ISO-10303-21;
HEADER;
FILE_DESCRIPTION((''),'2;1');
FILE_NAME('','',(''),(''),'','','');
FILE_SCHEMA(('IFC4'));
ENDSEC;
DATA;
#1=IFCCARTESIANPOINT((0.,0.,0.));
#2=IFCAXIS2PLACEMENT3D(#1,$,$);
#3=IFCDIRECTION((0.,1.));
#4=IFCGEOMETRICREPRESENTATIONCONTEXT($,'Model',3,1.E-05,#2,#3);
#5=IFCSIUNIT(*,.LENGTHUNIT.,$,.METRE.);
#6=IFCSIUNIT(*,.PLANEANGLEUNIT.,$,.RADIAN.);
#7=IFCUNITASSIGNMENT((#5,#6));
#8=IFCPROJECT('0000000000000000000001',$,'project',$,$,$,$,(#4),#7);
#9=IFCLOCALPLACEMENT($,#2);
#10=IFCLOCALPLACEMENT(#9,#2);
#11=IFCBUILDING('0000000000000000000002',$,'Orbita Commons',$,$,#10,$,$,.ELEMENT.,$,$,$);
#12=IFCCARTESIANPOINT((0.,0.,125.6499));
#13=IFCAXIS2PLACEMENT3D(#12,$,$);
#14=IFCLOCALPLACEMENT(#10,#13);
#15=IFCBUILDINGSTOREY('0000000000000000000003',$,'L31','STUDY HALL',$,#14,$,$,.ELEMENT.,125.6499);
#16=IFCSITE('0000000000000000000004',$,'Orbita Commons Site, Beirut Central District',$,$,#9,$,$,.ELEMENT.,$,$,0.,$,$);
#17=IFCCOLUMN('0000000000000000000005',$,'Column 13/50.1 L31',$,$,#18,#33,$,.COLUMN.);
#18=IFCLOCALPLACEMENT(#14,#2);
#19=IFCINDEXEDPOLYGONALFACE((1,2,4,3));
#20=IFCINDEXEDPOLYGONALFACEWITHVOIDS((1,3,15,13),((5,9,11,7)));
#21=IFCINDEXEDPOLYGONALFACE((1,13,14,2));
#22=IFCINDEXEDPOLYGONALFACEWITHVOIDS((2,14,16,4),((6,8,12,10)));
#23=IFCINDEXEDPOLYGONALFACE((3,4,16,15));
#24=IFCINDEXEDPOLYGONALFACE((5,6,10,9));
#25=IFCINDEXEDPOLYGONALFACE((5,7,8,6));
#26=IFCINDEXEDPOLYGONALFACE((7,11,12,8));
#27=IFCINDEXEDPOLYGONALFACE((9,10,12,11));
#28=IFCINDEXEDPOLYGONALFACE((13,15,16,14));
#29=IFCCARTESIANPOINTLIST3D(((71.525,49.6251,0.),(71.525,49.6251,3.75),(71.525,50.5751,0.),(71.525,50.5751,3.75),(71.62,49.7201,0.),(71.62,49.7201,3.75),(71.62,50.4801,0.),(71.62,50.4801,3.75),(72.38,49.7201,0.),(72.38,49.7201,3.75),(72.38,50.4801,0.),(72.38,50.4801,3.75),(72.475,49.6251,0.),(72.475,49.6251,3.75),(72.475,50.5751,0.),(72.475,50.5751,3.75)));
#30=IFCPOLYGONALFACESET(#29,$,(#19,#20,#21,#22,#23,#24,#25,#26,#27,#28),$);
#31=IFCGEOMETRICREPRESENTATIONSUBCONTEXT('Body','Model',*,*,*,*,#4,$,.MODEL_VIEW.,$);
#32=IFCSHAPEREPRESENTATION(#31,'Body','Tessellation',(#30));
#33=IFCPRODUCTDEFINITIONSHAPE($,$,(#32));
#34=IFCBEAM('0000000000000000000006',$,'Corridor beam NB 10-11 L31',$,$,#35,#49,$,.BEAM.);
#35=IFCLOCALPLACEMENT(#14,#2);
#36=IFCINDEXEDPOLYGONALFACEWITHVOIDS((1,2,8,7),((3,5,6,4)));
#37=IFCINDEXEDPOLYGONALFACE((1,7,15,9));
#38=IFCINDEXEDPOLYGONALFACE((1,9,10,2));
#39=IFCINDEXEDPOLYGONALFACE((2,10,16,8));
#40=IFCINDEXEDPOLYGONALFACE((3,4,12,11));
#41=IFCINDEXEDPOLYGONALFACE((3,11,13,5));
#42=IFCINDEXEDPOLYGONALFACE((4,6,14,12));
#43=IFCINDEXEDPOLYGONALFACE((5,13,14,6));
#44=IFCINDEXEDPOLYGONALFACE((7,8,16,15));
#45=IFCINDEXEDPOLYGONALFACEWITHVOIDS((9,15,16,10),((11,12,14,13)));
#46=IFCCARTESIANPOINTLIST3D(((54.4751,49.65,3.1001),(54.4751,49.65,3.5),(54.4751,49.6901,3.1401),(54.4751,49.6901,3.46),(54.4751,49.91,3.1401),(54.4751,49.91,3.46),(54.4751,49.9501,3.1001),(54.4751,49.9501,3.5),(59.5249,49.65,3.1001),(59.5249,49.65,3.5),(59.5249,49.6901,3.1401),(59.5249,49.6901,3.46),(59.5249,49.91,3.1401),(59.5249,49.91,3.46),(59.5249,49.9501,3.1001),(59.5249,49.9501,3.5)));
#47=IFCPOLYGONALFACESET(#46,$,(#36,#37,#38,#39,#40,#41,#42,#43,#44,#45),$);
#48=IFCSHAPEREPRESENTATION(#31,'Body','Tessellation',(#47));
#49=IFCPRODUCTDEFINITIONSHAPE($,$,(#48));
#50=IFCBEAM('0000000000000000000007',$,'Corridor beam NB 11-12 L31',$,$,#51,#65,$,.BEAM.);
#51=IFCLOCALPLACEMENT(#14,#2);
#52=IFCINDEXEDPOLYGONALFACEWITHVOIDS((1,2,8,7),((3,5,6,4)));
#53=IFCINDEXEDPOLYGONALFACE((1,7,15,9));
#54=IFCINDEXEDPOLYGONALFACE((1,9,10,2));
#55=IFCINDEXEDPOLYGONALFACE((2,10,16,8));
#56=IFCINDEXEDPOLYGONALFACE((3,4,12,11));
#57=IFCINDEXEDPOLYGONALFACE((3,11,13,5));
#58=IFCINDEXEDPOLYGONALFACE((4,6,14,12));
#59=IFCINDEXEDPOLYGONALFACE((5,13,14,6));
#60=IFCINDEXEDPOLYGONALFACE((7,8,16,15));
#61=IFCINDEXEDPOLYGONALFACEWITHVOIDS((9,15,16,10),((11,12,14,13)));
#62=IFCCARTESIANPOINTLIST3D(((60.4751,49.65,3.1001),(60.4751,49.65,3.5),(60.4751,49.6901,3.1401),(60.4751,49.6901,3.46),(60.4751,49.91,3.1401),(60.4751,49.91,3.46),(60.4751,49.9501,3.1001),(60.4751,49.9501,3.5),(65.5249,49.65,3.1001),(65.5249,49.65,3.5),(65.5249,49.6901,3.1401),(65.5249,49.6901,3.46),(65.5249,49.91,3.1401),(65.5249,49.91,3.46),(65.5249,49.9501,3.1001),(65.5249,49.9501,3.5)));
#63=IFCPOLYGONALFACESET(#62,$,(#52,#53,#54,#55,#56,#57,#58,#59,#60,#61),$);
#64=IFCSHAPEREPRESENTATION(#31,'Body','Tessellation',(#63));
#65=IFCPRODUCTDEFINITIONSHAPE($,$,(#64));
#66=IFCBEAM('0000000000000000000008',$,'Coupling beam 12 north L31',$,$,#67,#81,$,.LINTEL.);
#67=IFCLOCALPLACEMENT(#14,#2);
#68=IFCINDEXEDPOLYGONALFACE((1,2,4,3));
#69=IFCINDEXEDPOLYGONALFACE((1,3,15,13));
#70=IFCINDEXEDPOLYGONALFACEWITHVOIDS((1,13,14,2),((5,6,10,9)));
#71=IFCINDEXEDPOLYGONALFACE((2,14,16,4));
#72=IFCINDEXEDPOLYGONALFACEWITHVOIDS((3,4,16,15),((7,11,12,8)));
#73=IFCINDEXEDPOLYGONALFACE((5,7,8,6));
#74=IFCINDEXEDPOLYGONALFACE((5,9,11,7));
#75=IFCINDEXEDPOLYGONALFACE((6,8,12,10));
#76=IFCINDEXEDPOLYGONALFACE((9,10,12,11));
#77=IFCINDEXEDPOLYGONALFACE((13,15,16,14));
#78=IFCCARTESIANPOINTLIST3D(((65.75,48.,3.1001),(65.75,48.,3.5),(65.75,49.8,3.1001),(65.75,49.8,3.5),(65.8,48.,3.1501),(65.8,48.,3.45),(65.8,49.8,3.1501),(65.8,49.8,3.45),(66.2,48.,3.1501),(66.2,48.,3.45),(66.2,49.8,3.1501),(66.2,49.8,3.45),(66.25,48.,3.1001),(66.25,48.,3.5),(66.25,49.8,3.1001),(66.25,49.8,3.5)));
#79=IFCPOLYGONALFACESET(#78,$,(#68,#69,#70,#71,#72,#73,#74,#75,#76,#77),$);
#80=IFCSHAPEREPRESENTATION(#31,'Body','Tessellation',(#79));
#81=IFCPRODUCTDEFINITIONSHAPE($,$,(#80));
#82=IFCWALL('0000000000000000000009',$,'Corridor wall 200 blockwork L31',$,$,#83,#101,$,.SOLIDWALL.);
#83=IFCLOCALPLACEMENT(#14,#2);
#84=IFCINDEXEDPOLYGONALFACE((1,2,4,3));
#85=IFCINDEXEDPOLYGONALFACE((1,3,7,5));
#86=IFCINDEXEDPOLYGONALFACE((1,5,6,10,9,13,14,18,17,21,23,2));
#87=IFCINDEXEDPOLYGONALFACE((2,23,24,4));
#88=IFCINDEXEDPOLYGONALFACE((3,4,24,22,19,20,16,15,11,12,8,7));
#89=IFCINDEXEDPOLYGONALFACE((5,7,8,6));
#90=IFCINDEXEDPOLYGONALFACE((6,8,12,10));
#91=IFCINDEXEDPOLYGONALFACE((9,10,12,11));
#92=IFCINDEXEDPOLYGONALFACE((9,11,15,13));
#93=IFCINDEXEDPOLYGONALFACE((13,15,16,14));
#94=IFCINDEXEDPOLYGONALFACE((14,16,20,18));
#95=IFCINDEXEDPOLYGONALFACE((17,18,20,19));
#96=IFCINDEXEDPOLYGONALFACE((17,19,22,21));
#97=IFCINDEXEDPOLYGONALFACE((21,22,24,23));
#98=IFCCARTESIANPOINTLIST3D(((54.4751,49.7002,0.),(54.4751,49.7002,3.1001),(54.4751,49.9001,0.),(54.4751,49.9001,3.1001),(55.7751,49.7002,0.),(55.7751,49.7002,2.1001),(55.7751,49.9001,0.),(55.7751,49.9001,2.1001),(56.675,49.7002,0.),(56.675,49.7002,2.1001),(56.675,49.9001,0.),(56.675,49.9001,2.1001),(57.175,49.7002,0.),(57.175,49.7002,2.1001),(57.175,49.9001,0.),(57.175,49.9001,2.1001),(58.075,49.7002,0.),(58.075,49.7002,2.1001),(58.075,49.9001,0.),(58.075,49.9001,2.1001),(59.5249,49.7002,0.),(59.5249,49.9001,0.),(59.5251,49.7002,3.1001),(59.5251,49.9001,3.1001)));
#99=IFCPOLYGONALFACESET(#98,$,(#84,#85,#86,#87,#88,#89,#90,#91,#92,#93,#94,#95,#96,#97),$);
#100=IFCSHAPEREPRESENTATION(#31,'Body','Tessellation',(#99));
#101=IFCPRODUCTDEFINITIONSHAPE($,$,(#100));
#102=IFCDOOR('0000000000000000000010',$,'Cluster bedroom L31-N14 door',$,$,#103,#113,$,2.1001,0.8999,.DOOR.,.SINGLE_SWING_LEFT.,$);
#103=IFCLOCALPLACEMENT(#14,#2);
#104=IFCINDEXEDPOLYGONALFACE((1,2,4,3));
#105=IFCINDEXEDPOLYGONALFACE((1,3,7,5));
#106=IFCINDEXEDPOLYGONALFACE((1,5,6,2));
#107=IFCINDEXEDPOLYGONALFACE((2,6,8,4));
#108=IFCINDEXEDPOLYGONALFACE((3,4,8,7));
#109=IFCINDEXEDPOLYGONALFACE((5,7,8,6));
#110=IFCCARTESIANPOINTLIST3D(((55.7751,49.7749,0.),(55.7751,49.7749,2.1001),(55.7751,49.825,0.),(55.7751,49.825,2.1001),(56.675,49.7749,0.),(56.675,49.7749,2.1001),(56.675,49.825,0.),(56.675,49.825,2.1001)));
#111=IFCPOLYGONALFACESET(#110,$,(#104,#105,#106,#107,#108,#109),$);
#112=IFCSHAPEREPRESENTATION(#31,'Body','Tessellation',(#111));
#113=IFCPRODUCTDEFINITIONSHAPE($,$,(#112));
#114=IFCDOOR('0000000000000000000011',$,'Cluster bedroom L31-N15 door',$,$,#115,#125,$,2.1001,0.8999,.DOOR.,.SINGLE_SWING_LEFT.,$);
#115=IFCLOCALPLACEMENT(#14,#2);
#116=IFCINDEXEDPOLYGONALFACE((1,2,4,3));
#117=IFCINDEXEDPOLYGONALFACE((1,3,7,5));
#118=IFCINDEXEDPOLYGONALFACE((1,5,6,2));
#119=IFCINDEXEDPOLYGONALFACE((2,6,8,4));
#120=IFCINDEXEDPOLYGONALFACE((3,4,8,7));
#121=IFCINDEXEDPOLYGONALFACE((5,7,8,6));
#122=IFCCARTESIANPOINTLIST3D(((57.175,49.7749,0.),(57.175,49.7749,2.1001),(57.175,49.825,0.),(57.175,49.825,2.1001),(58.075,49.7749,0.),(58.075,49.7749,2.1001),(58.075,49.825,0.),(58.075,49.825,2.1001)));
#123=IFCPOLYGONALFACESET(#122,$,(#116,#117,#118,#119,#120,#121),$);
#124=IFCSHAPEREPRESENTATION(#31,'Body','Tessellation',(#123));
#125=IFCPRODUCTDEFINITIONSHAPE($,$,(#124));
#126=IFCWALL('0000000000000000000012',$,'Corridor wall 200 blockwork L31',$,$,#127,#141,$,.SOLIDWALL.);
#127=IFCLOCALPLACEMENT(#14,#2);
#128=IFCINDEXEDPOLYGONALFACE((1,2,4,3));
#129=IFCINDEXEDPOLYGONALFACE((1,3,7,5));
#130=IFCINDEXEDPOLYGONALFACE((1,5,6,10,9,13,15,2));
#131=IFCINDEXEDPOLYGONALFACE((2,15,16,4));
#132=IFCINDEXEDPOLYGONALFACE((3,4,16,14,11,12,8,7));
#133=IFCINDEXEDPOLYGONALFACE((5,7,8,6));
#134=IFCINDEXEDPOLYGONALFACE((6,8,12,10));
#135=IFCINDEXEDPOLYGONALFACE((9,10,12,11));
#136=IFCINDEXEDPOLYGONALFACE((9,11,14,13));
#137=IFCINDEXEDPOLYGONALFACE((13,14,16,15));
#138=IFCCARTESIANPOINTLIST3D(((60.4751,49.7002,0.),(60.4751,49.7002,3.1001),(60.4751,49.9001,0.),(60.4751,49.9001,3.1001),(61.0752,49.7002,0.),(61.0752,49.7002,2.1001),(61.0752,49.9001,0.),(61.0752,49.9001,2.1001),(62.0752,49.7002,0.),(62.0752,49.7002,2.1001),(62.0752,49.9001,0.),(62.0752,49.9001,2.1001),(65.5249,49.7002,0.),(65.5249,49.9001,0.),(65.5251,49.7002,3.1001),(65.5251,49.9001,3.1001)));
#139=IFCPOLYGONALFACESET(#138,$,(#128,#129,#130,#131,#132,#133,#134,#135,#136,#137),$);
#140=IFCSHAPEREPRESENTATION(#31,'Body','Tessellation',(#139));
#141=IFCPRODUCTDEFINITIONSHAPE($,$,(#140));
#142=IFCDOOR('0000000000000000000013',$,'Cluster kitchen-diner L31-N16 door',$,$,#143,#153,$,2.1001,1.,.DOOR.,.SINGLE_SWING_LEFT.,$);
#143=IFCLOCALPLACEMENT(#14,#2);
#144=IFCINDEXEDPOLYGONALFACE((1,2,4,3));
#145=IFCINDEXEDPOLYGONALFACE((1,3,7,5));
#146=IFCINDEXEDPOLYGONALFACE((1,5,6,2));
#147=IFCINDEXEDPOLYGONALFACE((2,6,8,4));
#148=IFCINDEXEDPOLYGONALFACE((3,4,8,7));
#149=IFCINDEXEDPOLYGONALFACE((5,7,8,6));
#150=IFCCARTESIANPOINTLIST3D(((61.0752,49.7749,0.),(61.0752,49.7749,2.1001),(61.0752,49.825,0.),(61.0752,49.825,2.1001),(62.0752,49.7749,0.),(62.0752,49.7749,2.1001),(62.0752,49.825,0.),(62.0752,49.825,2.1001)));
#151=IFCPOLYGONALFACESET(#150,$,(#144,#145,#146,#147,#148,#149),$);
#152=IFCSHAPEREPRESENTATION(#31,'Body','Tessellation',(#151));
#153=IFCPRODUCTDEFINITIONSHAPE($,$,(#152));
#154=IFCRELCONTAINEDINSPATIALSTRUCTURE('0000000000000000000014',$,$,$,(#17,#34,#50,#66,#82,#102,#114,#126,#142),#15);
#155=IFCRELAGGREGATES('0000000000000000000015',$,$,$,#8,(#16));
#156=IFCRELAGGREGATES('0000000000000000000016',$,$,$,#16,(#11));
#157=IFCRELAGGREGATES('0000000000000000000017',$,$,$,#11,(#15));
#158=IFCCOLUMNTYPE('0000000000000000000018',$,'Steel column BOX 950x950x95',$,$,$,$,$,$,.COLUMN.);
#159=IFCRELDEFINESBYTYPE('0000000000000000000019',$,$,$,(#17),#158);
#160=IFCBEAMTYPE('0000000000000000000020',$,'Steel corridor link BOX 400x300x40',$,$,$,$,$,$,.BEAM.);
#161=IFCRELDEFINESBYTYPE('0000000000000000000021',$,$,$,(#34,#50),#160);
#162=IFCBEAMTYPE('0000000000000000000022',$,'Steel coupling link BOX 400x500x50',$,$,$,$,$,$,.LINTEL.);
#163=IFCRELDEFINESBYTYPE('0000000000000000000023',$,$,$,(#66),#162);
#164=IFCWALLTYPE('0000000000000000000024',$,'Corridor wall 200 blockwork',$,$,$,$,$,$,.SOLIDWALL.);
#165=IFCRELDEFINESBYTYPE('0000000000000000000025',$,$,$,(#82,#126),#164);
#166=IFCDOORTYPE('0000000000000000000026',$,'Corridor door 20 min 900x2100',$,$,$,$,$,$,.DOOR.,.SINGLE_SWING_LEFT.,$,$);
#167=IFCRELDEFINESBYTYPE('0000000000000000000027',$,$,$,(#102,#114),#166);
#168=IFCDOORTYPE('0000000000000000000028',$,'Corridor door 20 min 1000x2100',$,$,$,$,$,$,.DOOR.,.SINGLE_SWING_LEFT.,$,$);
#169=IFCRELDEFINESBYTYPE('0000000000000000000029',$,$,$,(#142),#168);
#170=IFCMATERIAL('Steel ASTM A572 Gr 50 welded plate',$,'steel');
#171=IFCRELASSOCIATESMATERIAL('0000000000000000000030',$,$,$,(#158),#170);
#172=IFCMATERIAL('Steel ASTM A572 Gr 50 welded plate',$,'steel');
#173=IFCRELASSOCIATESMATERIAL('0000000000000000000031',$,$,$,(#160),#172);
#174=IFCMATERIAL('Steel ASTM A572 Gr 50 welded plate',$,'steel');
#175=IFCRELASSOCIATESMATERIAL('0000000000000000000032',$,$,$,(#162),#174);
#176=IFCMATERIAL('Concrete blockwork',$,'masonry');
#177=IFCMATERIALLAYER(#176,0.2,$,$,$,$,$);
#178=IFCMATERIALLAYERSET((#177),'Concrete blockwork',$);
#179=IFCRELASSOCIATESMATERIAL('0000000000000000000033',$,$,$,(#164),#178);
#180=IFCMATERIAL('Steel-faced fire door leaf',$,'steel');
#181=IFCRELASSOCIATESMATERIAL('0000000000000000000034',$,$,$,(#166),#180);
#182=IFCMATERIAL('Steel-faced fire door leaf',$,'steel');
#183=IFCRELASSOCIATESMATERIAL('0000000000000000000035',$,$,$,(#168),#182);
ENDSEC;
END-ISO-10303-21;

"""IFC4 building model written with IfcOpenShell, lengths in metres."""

from ifc_helpers import new_model, si_unit, direction, frame, frame_2d, origin, origin_2d, place, context, subcontext, project, spatial, polyline, rectangle, hollow_rectangle, outline, extrude, material, layer, layer_set, material_profile, profile_set, type_object, element, fill, save


model = new_model("IFC4")

# Units and contexts
model_context = context("Model", 3, precision=1e-05, world=origin(), true_north=direction((0.0, 1.0)))
body_context = subcontext(model_context, "Body", "Model", "MODEL_VIEW")
ifc_project = project(units=[si_unit("LENGTHUNIT", "METRE"), si_unit("PLANEANGLEUNIT", "RADIAN")], contexts=[model_context])

# Site, building, storey
site_placement = place(None, origin())
site = spatial("IfcSite", under=ifc_project, at=site_placement, Name="Orbita Commons Site, Beirut Central District", CompositionType="ELEMENT", RefElevation=0.0)
building_placement = place(site_placement, origin())
building = spatial("IfcBuilding", under=site, at=building_placement, Name="Orbita Commons", CompositionType="ELEMENT")
storey_placement = place(building_placement, frame((0.0, 0.0, 125.6499)))
storey = spatial("IfcBuildingStorey", under=building, at=storey_placement, Name="L31", Description="STUDY HALL", CompositionType="ELEMENT", Elevation=125.6499)

# Column
ifc_material_1 = material(Name="Steel ASTM A572 Gr 50 welded plate", Category="steel")
ifc_material_profile_1 = material_profile(ifc_material_1, hollow_rectangle(XDim=0.95, YDim=0.95, WallThickness=0.095, at=origin_2d()), Name="BOX 950x950x95")
ifc_profile_set_1 = profile_set([ifc_material_profile_1], Name="Steel ASTM A572 Gr 50 welded plate")
column_type = type_object("IfcColumnType", Name="Steel column BOX 950x950x95", PredefinedType="COLUMN", material=ifc_profile_set_1)
column_placement = place(storey_placement, frame((72.0, 50.1001, 0.0), z_axis=(0.0, 0.0, 1.0), x_axis=(1.0, 0.0, 0.0)))
element("IfcColumn", 1, at=column_placement, inside=storey, type_object=column_type, Name="Column 13/50.1 L31", PredefinedType="COLUMN", context=body_context, shape_type="SweptSolid", body=[
    extrude(hollow_rectangle(XDim=0.95, YDim=0.95, WallThickness=0.095, at=origin_2d()), origin(), (0.0, 0.0, 1.0), 3.75),
])

# Beams
ifc_material_2 = material(Name="Steel ASTM A572 Gr 50 welded plate", Category="steel")
ifc_material_profile_2 = material_profile(ifc_material_2, hollow_rectangle(XDim=0.3, YDim=0.3999, WallThickness=0.04, at=origin_2d()), Name="BOX 400x300x40")
ifc_profile_set_2 = profile_set([ifc_material_profile_2], Name="Steel ASTM A572 Gr 50 welded plate")
beam_type_1 = type_object("IfcBeamType", Name="Steel corridor link BOX 400x300x40", PredefinedType="BEAM", material=ifc_profile_set_2)
for number, where, z_axis, x_axis, name in (
    (2, (54.4751, 49.8, 3.3), (1.0, 0.0, 0.0), (0.0, 1.0, 0.0), "Corridor beam NB 10-11 L31"),
    (3, (60.4751, 49.8, 3.3), (1.0, 0.0, 0.0), (0.0, 1.0, 0.0), "Corridor beam NB 11-12 L31"),
):
    element("IfcBeam", number, at=place(storey_placement, frame(where, z_axis=z_axis, x_axis=x_axis)), inside=storey, type_object=beam_type_1, Name=name, PredefinedType="BEAM", context=body_context, shape_type="SweptSolid", body=[
        extrude(hollow_rectangle(XDim=0.3, YDim=0.3999, WallThickness=0.04, at=origin_2d()), origin(), (0.0, 0.0, 1.0), 5.0498),
    ])
ifc_material_3 = material(Name="Steel ASTM A572 Gr 50 welded plate", Category="steel")
ifc_material_profile_3 = material_profile(ifc_material_3, hollow_rectangle(XDim=0.5, YDim=0.3999, WallThickness=0.05, at=origin_2d()), Name="BOX 400x500x50")
ifc_profile_set_3 = profile_set([ifc_material_profile_3], Name="Steel ASTM A572 Gr 50 welded plate")
beam_type_2 = type_object("IfcBeamType", Name="Steel coupling link BOX 400x500x50", PredefinedType="LINTEL", material=ifc_profile_set_3)
beam_placement = place(storey_placement, frame((66.0, 48.0, 3.3), z_axis=(0.0, 1.0, 0.0), x_axis=(-1.0, 0.0, 0.0)))
element("IfcBeam", 4, at=beam_placement, inside=storey, type_object=beam_type_2, Name="Coupling beam 12 north L31", PredefinedType="LINTEL", context=body_context, shape_type="SweptSolid", body=[
    extrude(hollow_rectangle(XDim=0.5, YDim=0.3999, WallThickness=0.05, at=origin_2d()), origin(), (0.0, 0.0, 1.0), 1.8),
])

# Wall, openings, doors
ifc_material_4 = material(Name="Concrete blockwork", Category="masonry")
ifc_layer_1 = layer(ifc_material_4, 0.2)
ifc_layer_set_1 = layer_set([ifc_layer_1], Name="Concrete blockwork")
wall_type_1 = type_object("IfcWallType", Name="Corridor wall 200 blockwork", PredefinedType="SOLIDWALL", material=ifc_layer_set_1)
wall_1_placement = place(storey_placement, frame((54.4751, 49.8, 0.0), z_axis=(0.0, 0.0, 1.0), x_axis=(1.0, 0.0, 0.0)))
wall_1 = element("IfcWall", 5, at=wall_1_placement, inside=storey, type_object=wall_type_1, Name="Corridor wall 200 blockwork L31", PredefinedType="SOLIDWALL", context=body_context, shape_type="SweptSolid", body=[
    extrude(outline(polyline([(0.0, 0.0), (5.0498, 0.0), (5.05, 3.1001), (0.0, 3.1001), (0.0, 0.0)])), frame((0.0, 0.1001, 0.0), z_axis=(0.0, -1.0, 0.0), x_axis=(1.0, 0.0, 0.0)), (0.0, 0.0, 1.0), 0.2),
])
opening_1_placement = place(wall_1_placement, frame((1.3, 0.0, 0.0)))
opening_1 = element("IfcOpeningElement", 6, at=opening_1_placement, cuts=wall_1, PredefinedType="OPENING", context=body_context, shape_type="SweptSolid", body=[
    extrude(rectangle(XDim=0.8999, YDim=2.1001, at=frame_2d((0.45, 1.05))), frame((0.0, 0.1099, 0.0), z_axis=(0.0, -1.0, 0.0), x_axis=(1.0, 0.0, 0.0)), (0.0, 0.0, 1.0), 0.22),
])
opening_2_placement = place(wall_1_placement, frame((2.7, 0.0, 0.0)))
opening_2 = element("IfcOpeningElement", 7, at=opening_2_placement, cuts=wall_1, PredefinedType="OPENING", context=body_context, shape_type="SweptSolid", body=[
    extrude(rectangle(XDim=0.8999, YDim=2.1001, at=frame_2d((0.45, 1.05))), frame((0.0, 0.1099, 0.0), z_axis=(0.0, -1.0, 0.0), x_axis=(1.0, 0.0, 0.0)), (0.0, 0.0, 1.0), 0.22),
])
ifc_material_5 = material(Name="Steel-faced fire door leaf", Category="steel")
door_type_1 = type_object("IfcDoorType", Name="Corridor door 20 min 900x2100", OperationType="SINGLE_SWING_LEFT", PredefinedType="DOOR", material=ifc_material_5)
door_1_placement = place(opening_1_placement, origin())
door_1 = element("IfcDoor", 8, at=door_1_placement, inside=storey, type_object=door_type_1, Name="Cluster bedroom L31-N14 door", OperationType="SINGLE_SWING_LEFT", OverallHeight=2.1001, OverallWidth=0.8999, PredefinedType="DOOR", context=body_context, shape_type="SweptSolid", body=[
    extrude(rectangle(XDim=0.8999, YDim=2.1001, at=frame_2d((0.45, 1.05))), frame((0.0, 0.0249, 0.0), z_axis=(0.0, -1.0, 0.0), x_axis=(1.0, 0.0, 0.0)), (0.0, 0.0, 1.0), 0.05),
])
fill(opening_1, door_1)
door_2_placement = place(opening_2_placement, origin())
door_2 = element("IfcDoor", 9, at=door_2_placement, inside=storey, type_object=door_type_1, Name="Cluster bedroom L31-N15 door", OperationType="SINGLE_SWING_LEFT", OverallHeight=2.1001, OverallWidth=0.8999, PredefinedType="DOOR", context=body_context, shape_type="SweptSolid", body=[
    extrude(rectangle(XDim=0.8999, YDim=2.1001, at=frame_2d((0.45, 1.05))), frame((0.0, 0.0249, 0.0), z_axis=(0.0, -1.0, 0.0), x_axis=(1.0, 0.0, 0.0)), (0.0, 0.0, 1.0), 0.05),
])
fill(opening_2, door_2)

# Wall, opening, door
wall_2_placement = place(storey_placement, frame((60.4751, 49.8, 0.0), z_axis=(0.0, 0.0, 1.0), x_axis=(1.0, 0.0, 0.0)))
wall_2 = element("IfcWall", 10, at=wall_2_placement, inside=storey, type_object=wall_type_1, Name="Corridor wall 200 blockwork L31", PredefinedType="SOLIDWALL", context=body_context, shape_type="SweptSolid", body=[
    extrude(outline(polyline([(0.0, 0.0), (5.0498, 0.0), (5.05, 3.1001), (0.0, 3.1001), (0.0, 0.0)])), frame((0.0, 0.1001, 0.0), z_axis=(0.0, -1.0, 0.0), x_axis=(1.0, 0.0, 0.0)), (0.0, 0.0, 1.0), 0.2),
])
opening_3_placement = place(wall_2_placement, frame((0.6001, 0.0, 0.0)))
opening_3 = element("IfcOpeningElement", 11, at=opening_3_placement, cuts=wall_2, PredefinedType="OPENING", context=body_context, shape_type="SweptSolid", body=[
    extrude(rectangle(XDim=1.0, YDim=2.1001, at=frame_2d((0.5, 1.05))), frame((0.0, 0.1099, 0.0), z_axis=(0.0, -1.0, 0.0), x_axis=(1.0, 0.0, 0.0)), (0.0, 0.0, 1.0), 0.22),
])
ifc_material_6 = material(Name="Steel-faced fire door leaf", Category="steel")
door_type_2 = type_object("IfcDoorType", Name="Corridor door 20 min 1000x2100", OperationType="SINGLE_SWING_LEFT", PredefinedType="DOOR", material=ifc_material_6)
door_3_placement = place(opening_3_placement, origin())
door_3 = element("IfcDoor", 12, at=door_3_placement, inside=storey, type_object=door_type_2, Name="Cluster kitchen-diner L31-N16 door", OperationType="SINGLE_SWING_LEFT", OverallHeight=2.1001, OverallWidth=1.0, PredefinedType="DOOR", context=body_context, shape_type="SweptSolid", body=[
    extrude(rectangle(XDim=1.0, YDim=2.1001, at=frame_2d((0.5, 1.05))), frame((0.0, 0.0249, 0.0), z_axis=(0.0, -1.0, 0.0), x_axis=(1.0, 0.0, 0.0)), (0.0, 0.0, 1.0), 0.05),
])
fill(opening_3, door_3)

save(model, "model.ifc")
